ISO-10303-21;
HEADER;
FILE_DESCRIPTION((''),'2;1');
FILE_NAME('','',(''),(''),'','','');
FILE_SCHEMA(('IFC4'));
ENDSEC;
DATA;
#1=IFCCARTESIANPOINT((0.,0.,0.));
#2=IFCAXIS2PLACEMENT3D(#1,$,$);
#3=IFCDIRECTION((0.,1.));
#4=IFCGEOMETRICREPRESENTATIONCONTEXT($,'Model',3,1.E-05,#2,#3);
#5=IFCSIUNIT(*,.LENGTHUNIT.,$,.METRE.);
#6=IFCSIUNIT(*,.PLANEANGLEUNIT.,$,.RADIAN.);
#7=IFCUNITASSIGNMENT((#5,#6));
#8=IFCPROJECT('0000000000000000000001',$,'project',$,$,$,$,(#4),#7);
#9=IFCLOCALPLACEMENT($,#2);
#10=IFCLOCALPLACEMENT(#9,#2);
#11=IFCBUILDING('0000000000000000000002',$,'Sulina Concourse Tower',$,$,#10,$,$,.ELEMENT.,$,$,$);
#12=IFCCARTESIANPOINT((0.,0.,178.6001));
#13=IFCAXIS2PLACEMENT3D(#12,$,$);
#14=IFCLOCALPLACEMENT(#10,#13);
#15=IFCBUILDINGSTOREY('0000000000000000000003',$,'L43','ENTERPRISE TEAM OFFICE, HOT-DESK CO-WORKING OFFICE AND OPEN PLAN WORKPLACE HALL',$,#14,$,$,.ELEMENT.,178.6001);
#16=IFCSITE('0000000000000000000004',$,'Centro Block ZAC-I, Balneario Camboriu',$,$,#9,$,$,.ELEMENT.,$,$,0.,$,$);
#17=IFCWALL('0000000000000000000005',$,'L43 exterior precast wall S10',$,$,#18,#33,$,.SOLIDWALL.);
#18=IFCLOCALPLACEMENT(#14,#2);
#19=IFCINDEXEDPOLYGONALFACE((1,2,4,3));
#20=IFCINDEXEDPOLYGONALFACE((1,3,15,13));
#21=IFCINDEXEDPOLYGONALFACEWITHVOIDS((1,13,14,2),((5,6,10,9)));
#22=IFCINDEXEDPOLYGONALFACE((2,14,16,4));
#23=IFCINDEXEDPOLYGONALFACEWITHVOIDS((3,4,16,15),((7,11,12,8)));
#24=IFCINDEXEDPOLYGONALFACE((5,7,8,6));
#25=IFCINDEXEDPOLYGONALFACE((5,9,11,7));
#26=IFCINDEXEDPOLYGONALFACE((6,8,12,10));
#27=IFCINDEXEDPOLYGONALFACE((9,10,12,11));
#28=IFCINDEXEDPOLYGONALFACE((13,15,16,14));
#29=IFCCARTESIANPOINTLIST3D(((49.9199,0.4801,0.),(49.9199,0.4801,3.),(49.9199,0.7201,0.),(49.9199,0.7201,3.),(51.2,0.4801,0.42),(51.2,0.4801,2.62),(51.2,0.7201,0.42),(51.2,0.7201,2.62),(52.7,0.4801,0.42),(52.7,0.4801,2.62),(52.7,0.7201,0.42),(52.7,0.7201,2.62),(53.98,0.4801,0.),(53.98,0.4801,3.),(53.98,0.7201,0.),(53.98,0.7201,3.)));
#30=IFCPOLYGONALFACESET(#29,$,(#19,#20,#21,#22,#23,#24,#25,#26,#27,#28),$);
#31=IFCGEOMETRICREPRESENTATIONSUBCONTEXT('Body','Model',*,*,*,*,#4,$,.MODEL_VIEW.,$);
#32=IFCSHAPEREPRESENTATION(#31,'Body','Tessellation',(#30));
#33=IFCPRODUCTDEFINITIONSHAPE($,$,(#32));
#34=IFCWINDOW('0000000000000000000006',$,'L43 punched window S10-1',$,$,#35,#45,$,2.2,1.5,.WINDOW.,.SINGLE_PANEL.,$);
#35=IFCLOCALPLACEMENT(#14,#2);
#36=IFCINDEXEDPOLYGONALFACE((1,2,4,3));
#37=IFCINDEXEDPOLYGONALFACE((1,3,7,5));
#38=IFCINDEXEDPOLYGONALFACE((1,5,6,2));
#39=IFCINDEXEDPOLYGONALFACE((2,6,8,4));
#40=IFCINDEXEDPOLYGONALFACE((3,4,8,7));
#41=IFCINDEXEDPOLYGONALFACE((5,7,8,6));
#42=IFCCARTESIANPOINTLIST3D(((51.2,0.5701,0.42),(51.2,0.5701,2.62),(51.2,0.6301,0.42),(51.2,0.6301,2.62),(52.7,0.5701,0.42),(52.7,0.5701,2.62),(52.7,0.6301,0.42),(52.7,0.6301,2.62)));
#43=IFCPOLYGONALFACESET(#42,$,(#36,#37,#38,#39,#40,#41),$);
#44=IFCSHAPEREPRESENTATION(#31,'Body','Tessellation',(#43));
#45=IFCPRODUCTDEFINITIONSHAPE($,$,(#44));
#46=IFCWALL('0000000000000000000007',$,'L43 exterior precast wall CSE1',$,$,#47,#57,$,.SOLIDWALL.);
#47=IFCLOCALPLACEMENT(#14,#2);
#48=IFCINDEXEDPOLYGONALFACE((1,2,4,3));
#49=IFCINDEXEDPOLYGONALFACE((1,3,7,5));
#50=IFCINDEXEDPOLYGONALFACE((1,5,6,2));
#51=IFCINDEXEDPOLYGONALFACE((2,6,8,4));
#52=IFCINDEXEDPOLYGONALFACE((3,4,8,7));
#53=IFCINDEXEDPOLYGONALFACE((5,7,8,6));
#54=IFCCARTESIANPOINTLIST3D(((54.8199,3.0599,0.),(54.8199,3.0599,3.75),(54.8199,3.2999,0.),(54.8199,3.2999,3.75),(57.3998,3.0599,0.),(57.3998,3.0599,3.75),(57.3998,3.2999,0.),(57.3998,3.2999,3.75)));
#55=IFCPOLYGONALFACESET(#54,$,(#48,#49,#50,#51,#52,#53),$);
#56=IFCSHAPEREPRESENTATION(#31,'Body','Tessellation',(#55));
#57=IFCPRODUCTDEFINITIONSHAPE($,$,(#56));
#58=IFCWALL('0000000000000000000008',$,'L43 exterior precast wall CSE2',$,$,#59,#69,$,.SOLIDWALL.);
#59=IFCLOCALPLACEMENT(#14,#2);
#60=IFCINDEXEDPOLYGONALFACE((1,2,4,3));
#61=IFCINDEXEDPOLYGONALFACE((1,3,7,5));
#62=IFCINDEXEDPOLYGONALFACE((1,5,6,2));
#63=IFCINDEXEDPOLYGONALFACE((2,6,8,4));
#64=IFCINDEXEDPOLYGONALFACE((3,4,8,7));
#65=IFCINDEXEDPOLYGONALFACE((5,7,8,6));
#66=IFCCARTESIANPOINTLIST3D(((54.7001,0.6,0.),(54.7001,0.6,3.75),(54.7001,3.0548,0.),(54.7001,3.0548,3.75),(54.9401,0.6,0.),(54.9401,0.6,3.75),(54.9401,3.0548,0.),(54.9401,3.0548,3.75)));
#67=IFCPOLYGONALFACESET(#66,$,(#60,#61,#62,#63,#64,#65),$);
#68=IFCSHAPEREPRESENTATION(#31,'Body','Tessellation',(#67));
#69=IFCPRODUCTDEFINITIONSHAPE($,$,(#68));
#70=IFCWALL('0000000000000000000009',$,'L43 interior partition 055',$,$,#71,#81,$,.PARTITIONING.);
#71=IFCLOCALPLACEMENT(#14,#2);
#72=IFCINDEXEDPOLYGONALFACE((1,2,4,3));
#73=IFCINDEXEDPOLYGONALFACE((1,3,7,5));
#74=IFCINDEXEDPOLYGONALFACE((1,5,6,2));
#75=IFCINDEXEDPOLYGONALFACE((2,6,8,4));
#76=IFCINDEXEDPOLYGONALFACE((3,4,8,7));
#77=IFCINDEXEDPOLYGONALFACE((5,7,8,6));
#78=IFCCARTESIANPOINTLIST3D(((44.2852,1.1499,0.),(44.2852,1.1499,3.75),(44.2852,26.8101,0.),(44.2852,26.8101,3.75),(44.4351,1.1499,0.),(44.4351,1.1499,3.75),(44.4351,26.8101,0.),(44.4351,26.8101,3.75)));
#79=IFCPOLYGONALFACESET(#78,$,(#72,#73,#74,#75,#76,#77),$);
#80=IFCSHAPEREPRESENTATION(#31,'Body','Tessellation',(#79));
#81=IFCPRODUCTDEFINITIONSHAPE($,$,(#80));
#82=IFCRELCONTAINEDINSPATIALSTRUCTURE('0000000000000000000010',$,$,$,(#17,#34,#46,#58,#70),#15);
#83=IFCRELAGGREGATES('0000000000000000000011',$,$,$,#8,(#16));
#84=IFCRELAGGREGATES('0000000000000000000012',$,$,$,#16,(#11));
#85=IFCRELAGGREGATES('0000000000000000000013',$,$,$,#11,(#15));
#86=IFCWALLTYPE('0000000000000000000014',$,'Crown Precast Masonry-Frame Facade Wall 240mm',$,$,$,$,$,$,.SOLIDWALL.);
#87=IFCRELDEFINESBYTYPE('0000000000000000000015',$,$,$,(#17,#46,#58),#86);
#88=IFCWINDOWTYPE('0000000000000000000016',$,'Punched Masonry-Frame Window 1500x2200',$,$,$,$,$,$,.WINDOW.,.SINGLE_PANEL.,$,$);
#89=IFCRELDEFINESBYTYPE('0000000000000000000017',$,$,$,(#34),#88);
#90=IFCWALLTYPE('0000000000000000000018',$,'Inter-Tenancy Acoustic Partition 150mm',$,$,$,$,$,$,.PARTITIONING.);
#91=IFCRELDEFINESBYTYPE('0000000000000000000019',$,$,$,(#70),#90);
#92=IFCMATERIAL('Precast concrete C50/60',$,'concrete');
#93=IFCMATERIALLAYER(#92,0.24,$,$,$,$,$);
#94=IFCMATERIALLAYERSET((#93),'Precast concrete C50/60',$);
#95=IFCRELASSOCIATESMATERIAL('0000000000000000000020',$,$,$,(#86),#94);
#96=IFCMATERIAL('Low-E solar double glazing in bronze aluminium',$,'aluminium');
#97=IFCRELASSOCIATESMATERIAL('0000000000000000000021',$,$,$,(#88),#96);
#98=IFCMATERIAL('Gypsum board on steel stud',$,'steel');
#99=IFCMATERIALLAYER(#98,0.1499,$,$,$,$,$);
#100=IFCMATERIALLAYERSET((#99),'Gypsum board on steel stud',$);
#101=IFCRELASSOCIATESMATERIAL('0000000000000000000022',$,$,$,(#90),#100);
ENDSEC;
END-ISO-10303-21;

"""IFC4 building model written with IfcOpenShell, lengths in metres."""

from ifc_helpers import new_model, si_unit, direction, frame, frame_2d, origin, place, context, subcontext, project, spatial, rectangle, extrude, material, layer, layer_set, type_object, element, fill, save


model = new_model("IFC4")

# Units and contexts
model_context = context("Model", 3, precision=1e-05, world=origin(), true_north=direction((0.0, 1.0)))
body_context = subcontext(model_context, "Body", "Model", "MODEL_VIEW")
ifc_project = project(units=[si_unit("LENGTHUNIT", "METRE"), si_unit("PLANEANGLEUNIT", "RADIAN")], contexts=[model_context])

# Site, building, storey
site_placement = place(None, origin())
site = spatial("IfcSite", under=ifc_project, at=site_placement, Name="Centro Block ZAC-I, Balneario Camboriu", CompositionType="ELEMENT", RefElevation=0.0)
building_placement = place(site_placement, origin())
building = spatial("IfcBuilding", under=site, at=building_placement, Name="Sulina Concourse Tower", CompositionType="ELEMENT")
storey_placement = place(building_placement, frame((0.0, 0.0, 178.6001)))
storey = spatial("IfcBuildingStorey", under=building, at=storey_placement, Name="L43", Description="ENTERPRISE TEAM OFFICE, HOT-DESK CO-WORKING OFFICE AND OPEN PLAN WORKPLACE HALL", CompositionType="ELEMENT", Elevation=178.6001)

# Shared definitions
ifc_material_1 = material(Name="Precast concrete C50/60", Category="concrete")
ifc_layer_1 = layer(ifc_material_1, 0.24)
ifc_layer_set_1 = layer_set([ifc_layer_1], Name="Precast concrete C50/60")
wall_type_1 = type_object("IfcWallType", Name="Crown Precast Masonry-Frame Facade Wall 240mm", PredefinedType="SOLIDWALL", material=ifc_layer_set_1)

# Wall, opening, window
wall_1_placement = place(storey_placement, frame((53.98, 0.6001, 0.0), z_axis=(0.0, 0.0, 1.0), x_axis=(-1.0, 0.0, 0.0)))
wall_1 = element("IfcWall", 1, at=wall_1_placement, inside=storey, type_object=wall_type_1, Name="L43 exterior precast wall S10", PredefinedType="SOLIDWALL", context=body_context, shape_type="SweptSolid", body=[
    extrude(rectangle(XDim=4.0601, YDim=0.24, at=frame_2d((2.03, 0.0))), origin(), (0.0, 0.0, 1.0), 3.0),
])
opening_placement = place(wall_1_placement, frame((1.28, 0.0, 0.4199)))
opening = element("IfcOpeningElement", 2, at=opening_placement, cuts=wall_1, PredefinedType="OPENING", context=body_context, shape_type="SweptSolid", body=[
    extrude(rectangle(XDim=1.5, YDim=2.2, at=frame_2d((0.75, 1.1001))), frame((0.0, 0.1299, 0.0), z_axis=(0.0, -1.0, 0.0), x_axis=(1.0, 0.0, 0.0)), (0.0, 0.0, 1.0), 0.26),
])
ifc_material_2 = material(Name="Low-E solar double glazing in bronze aluminium", Category="aluminium")
window_type = type_object("IfcWindowType", Name="Punched Masonry-Frame Window 1500x2200", PartitioningType="SINGLE_PANEL", PredefinedType="WINDOW", material=ifc_material_2)
window_placement = place(opening_placement, origin())
window = element("IfcWindow", 3, at=window_placement, inside=storey, type_object=window_type, Name="L43 punched window S10-1", OverallHeight=2.2, OverallWidth=1.5, PartitioningType="SINGLE_PANEL", PredefinedType="WINDOW", context=body_context, shape_type="SweptSolid", body=[
    extrude(rectangle(XDim=1.5, YDim=2.2, at=frame_2d((0.75, 1.1001))), frame((0.0, 0.03, 0.0), z_axis=(0.0, -1.0, 0.0), x_axis=(1.0, 0.0, 0.0)), (0.0, 0.0, 1.0), 0.0601),
])
fill(opening, window)

# Walls
wall_2_placement = place(storey_placement, frame((57.3999, 3.1799, 0.0), z_axis=(0.0, 0.0, 1.0), x_axis=(-1.0, 0.0, 0.0)))
element("IfcWall", 4, at=wall_2_placement, inside=storey, type_object=wall_type_1, Name="L43 exterior precast wall CSE1", PredefinedType="SOLIDWALL", context=body_context, shape_type="SweptSolid", body=[
    extrude(rectangle(XDim=2.5798, YDim=0.24, at=frame_2d((1.29, 0.0))), origin(), (0.0, 0.0, 1.0), 3.75),
])
wall_3_placement = place(storey_placement, frame((54.8201, 3.0549, 0.0), z_axis=(0.0, 0.0, 1.0), x_axis=(0.0, -1.0, 0.0)))
element("IfcWall", 5, at=wall_3_placement, inside=storey, type_object=wall_type_1, Name="L43 exterior precast wall CSE2", PredefinedType="SOLIDWALL", context=body_context, shape_type="SweptSolid", body=[
    extrude(rectangle(XDim=2.4548, YDim=0.24, at=frame_2d((1.2275, 0.0))), origin(), (0.0, 0.0, 1.0), 3.75),
])
ifc_material_3 = material(Name="Gypsum board on steel stud", Category="steel")
ifc_layer_2 = layer(ifc_material_3, 0.1499)
ifc_layer_set_2 = layer_set([ifc_layer_2], Name="Gypsum board on steel stud")
wall_type_2 = type_object("IfcWallType", Name="Inter-Tenancy Acoustic Partition 150mm", PredefinedType="PARTITIONING", material=ifc_layer_set_2)
wall_4_placement = place(storey_placement, frame((44.3601, 1.1499, 0.0), z_axis=(0.0, 0.0, 1.0), x_axis=(0.0, 1.0, 0.0)))
element("IfcWall", 6, at=wall_4_placement, inside=storey, type_object=wall_type_2, Name="L43 interior partition 055", PredefinedType="PARTITIONING", context=body_context, shape_type="SweptSolid", body=[
    extrude(rectangle(XDim=25.6602, YDim=0.1499, at=frame_2d((12.8301, 0.0))), origin(), (0.0, 0.0, 1.0), 3.75),
])

save(model, "model.ifc")
